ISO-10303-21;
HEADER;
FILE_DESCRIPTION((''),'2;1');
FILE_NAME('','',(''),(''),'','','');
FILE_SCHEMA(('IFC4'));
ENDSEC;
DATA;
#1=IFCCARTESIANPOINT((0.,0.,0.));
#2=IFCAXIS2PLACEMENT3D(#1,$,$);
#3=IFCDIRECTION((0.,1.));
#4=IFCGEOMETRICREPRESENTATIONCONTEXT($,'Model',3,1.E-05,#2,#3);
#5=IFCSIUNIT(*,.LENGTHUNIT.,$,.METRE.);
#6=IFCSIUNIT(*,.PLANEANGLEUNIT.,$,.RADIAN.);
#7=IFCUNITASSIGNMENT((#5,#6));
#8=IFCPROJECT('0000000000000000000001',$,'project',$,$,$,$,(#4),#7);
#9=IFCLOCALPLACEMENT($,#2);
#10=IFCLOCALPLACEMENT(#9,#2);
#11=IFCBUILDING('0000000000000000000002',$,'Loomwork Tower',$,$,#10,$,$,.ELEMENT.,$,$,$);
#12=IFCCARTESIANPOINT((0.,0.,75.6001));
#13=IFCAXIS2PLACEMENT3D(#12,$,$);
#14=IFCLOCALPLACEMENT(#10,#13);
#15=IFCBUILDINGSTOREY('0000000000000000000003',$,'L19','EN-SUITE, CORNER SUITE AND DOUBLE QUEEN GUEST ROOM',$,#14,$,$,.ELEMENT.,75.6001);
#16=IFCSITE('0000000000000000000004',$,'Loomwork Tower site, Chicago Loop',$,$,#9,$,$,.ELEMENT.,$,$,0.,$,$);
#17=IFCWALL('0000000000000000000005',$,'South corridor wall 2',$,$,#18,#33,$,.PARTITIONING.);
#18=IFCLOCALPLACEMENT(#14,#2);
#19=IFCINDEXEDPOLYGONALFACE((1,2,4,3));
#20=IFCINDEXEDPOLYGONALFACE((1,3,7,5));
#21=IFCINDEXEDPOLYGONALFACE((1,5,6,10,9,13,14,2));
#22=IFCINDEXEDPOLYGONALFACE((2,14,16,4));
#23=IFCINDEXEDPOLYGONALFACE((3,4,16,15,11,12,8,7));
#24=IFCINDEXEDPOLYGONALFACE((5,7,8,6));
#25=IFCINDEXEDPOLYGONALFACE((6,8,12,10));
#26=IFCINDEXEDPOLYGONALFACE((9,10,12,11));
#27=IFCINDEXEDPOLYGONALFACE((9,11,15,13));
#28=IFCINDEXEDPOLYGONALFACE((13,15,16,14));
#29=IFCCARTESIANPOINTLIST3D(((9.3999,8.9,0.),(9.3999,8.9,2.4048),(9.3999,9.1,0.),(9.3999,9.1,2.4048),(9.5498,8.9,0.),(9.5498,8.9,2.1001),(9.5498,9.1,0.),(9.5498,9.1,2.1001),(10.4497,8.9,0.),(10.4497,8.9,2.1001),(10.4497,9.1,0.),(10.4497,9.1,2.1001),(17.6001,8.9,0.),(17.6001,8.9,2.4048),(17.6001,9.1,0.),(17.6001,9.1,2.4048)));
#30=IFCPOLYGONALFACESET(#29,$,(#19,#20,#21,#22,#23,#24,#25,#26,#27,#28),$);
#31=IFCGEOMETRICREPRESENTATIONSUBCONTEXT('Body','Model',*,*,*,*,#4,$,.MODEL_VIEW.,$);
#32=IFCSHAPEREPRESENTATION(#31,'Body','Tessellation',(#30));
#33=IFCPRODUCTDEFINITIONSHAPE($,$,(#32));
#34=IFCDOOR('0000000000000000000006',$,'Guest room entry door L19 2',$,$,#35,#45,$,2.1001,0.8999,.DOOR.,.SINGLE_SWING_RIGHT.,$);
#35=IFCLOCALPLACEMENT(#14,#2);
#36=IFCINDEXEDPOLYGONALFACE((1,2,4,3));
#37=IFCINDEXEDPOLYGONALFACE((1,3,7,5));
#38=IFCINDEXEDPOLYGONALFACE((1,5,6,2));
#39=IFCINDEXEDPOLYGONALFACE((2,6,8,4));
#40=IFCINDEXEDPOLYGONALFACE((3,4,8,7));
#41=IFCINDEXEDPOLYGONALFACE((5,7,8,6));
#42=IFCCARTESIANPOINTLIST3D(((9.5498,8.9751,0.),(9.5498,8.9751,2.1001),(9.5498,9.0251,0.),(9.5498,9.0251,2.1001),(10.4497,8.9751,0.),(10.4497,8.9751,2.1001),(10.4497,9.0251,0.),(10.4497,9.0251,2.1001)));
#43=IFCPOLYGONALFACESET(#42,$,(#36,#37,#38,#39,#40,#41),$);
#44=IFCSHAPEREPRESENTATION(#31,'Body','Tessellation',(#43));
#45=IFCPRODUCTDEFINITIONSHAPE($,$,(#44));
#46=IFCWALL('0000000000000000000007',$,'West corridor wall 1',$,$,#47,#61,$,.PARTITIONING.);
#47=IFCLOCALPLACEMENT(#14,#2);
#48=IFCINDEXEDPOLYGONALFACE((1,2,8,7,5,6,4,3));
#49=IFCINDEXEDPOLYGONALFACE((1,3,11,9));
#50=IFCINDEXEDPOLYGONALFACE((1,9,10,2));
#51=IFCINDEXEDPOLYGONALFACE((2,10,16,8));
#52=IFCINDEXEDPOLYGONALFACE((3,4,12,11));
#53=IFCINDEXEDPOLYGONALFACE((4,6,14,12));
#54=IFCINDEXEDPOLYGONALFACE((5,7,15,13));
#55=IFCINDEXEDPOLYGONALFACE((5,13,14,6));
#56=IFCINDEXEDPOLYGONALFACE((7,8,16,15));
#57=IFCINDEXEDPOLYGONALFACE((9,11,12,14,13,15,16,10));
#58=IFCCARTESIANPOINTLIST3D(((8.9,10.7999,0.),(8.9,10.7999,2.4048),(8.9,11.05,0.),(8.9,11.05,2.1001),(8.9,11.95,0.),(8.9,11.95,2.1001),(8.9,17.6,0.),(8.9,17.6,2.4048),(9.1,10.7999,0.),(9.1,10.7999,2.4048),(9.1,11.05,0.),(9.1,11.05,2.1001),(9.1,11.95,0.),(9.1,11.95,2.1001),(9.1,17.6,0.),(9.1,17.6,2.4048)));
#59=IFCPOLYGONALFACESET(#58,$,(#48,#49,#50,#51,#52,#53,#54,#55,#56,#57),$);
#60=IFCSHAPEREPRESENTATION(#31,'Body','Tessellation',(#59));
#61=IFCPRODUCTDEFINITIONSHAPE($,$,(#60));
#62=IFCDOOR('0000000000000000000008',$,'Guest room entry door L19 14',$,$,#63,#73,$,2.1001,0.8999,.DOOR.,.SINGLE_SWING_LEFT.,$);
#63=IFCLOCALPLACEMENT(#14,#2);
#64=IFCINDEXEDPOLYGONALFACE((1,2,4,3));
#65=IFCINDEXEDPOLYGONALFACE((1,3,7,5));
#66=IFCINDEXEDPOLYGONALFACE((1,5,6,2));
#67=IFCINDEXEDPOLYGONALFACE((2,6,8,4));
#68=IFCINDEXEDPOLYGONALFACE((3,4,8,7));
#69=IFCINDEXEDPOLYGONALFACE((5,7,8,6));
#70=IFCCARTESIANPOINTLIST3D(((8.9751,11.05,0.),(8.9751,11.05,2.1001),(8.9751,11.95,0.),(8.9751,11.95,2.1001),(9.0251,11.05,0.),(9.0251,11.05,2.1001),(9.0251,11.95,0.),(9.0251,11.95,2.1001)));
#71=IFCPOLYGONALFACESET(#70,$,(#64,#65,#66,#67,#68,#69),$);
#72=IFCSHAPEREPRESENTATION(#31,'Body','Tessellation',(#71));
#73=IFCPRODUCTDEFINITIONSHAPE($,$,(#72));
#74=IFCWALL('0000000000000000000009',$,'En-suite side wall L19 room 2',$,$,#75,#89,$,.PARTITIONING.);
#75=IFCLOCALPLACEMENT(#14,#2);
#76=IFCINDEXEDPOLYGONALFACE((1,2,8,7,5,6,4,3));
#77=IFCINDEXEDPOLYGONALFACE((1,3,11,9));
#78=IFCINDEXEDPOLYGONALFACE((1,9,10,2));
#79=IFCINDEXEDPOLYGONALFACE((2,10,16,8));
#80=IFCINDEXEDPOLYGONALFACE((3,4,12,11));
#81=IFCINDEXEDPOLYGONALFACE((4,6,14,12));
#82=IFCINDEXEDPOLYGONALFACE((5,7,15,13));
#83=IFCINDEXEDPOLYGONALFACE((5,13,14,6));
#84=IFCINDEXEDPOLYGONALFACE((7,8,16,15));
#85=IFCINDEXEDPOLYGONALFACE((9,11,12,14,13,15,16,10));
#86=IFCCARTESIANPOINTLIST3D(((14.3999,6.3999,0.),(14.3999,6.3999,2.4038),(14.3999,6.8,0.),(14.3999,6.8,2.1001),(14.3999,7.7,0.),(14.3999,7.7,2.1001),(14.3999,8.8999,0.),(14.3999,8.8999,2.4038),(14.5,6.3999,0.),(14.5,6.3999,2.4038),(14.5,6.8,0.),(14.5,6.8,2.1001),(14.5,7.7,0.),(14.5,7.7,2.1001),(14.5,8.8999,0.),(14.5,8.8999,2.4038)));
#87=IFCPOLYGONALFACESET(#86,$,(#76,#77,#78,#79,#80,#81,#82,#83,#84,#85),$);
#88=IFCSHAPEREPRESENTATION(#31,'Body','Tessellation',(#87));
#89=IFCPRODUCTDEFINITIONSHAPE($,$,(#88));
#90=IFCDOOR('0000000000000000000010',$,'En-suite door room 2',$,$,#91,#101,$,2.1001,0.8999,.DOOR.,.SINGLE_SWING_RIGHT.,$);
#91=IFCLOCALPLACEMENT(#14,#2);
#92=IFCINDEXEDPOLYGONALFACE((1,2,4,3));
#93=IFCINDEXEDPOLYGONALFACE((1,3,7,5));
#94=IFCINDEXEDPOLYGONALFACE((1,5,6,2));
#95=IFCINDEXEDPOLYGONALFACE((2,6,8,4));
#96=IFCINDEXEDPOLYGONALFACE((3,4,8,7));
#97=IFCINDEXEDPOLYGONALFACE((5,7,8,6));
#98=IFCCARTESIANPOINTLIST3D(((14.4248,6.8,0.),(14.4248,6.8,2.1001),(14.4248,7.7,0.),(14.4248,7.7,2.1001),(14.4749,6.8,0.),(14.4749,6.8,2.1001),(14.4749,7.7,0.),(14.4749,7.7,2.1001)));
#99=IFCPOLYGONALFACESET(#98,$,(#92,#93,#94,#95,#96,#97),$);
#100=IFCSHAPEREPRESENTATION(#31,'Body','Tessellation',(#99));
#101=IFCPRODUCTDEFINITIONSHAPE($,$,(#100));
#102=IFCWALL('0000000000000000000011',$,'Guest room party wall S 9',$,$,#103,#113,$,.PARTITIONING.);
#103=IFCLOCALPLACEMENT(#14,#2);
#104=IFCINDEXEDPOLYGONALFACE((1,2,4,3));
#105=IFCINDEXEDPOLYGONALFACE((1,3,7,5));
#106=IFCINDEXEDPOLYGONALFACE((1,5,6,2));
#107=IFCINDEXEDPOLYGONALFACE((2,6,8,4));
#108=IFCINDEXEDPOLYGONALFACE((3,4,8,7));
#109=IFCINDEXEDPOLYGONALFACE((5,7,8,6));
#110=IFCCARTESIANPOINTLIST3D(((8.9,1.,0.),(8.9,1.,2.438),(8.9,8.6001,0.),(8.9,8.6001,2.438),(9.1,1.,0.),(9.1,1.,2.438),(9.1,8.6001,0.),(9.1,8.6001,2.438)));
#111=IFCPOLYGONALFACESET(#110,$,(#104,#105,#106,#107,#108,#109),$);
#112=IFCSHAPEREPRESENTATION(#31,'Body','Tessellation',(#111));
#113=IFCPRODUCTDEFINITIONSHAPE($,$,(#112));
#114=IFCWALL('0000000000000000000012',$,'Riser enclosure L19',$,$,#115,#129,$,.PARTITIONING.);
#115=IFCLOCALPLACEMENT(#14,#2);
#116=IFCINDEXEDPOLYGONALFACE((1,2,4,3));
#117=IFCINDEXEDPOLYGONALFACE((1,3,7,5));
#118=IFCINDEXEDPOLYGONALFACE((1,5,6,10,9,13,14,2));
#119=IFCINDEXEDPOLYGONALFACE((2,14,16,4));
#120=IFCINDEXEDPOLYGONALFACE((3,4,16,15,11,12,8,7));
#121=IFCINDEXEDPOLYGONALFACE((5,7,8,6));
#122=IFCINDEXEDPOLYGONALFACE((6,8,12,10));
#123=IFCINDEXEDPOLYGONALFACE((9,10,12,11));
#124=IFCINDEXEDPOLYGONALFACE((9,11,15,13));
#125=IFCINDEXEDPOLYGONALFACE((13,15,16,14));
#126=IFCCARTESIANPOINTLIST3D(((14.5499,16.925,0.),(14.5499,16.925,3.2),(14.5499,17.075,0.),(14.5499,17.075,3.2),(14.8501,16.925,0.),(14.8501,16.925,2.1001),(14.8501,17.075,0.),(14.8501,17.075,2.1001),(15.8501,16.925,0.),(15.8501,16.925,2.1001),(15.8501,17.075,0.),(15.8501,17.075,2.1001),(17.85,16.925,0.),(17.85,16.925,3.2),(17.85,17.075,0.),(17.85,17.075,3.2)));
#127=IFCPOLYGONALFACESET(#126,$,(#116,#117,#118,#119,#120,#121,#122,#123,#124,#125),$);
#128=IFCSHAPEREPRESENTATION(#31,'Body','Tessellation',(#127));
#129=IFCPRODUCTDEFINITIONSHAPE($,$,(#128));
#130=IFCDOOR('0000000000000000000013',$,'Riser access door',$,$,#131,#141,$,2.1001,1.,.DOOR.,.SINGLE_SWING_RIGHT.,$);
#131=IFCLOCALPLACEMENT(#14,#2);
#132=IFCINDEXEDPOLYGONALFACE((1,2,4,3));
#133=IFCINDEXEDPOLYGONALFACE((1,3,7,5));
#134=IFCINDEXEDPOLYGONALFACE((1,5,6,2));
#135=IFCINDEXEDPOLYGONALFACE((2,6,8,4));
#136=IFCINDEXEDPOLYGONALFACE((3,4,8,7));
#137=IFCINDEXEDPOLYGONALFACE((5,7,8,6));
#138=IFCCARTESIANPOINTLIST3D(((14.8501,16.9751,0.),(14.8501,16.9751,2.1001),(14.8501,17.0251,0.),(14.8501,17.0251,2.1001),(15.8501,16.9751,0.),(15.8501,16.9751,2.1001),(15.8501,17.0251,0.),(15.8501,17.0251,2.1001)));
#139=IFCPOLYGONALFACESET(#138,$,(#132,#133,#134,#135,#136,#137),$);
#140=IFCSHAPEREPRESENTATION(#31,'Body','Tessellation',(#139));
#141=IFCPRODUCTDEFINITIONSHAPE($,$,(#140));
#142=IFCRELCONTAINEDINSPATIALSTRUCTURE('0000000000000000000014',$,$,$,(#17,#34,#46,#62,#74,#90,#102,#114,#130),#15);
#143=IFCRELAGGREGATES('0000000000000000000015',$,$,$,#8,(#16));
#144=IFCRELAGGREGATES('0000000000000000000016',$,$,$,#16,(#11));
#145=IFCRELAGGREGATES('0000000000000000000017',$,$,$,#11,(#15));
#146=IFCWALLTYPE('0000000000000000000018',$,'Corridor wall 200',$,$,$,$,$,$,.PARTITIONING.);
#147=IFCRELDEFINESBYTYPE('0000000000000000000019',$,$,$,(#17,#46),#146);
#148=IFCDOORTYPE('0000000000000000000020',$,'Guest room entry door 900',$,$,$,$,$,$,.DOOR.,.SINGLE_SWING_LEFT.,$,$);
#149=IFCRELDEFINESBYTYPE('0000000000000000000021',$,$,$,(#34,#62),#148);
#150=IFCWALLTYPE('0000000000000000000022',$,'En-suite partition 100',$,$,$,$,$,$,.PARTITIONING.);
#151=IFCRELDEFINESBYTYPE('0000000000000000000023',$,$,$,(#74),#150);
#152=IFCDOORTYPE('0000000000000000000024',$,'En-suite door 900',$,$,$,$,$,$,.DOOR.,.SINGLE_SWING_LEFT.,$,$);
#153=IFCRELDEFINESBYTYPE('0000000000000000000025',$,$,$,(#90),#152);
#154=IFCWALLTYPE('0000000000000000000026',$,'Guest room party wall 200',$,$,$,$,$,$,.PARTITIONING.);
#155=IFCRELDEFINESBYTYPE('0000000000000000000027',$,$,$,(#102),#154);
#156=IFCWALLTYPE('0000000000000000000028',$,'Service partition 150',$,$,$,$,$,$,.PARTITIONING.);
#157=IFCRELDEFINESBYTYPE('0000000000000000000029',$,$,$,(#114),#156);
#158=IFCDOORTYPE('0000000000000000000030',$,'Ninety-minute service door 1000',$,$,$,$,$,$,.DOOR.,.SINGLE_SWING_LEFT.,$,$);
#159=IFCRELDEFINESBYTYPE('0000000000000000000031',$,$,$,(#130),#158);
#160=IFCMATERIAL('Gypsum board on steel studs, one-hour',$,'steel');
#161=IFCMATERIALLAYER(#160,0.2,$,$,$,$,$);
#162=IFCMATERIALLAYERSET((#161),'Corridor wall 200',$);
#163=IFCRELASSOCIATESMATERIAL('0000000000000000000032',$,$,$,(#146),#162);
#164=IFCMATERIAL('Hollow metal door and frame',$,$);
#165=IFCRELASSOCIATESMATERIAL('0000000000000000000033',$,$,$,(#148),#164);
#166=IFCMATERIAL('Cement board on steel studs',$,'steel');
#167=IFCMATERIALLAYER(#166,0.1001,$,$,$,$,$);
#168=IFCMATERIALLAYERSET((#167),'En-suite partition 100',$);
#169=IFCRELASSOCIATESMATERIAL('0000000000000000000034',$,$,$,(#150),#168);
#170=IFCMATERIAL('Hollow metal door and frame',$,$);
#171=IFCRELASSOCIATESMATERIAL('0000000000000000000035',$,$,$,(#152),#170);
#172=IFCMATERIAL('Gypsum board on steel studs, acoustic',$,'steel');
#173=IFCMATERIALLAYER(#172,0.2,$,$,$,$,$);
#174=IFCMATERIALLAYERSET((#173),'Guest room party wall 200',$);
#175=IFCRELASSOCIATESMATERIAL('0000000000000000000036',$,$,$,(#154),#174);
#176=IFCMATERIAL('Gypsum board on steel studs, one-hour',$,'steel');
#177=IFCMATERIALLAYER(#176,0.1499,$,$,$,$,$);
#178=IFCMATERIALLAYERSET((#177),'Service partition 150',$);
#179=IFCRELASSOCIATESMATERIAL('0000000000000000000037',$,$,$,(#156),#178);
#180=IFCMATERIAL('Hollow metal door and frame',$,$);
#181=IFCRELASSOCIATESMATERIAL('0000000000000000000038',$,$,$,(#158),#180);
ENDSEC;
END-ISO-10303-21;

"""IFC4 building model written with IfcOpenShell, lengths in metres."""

from ifc_helpers import new_model, si_unit, direction, frame, frame_2d, origin, place, context, subcontext, project, spatial, rectangle, extrude, material, layer, layer_set, type_object, element, fill, save


model = new_model("IFC4")

# Units and contexts
model_context = context("Model", 3, precision=1e-05, world=origin(), true_north=direction((0.0, 1.0)))
body_context = subcontext(model_context, "Body", "Model", "MODEL_VIEW")
ifc_project = project(units=[si_unit("LENGTHUNIT", "METRE"), si_unit("PLANEANGLEUNIT", "RADIAN")], contexts=[model_context])

# Site, building, storey
site_placement = place(None, origin())
site = spatial("IfcSite", under=ifc_project, at=site_placement, Name="Loomwork Tower site, Chicago Loop", CompositionType="ELEMENT", RefElevation=0.0)
building_placement = place(site_placement, origin())
building = spatial("IfcBuilding", under=site, at=building_placement, Name="Loomwork Tower", CompositionType="ELEMENT")
storey_placement = place(building_placement, frame((0.0, 0.0, 75.6001)))
storey = spatial("IfcBuildingStorey", under=building, at=storey_placement, Name="L19", Description="EN-SUITE, CORNER SUITE AND DOUBLE QUEEN GUEST ROOM", CompositionType="ELEMENT", Elevation=75.6001)

# Walls, openings, doors
ifc_material_1 = material(Name="Gypsum board on steel studs, one-hour", Category="steel")
ifc_layer_1 = layer(ifc_material_1, 0.2)
ifc_layer_set_1 = layer_set([ifc_layer_1], Name="Corridor wall 200")
wall_type_1 = type_object("IfcWallType", Name="Corridor wall 200", PredefinedType="PARTITIONING", material=ifc_layer_set_1)
wall_1_placement = place(storey_placement, frame((9.3999, 9.0, 0.0), z_axis=(0.0, 0.0, 1.0), x_axis=(1.0, 0.0, 0.0)))
wall_1 = element("IfcWall", 1, at=wall_1_placement, inside=storey, type_object=wall_type_1, Name="South corridor wall 2", PredefinedType="PARTITIONING", context=body_context, shape_type="SweptSolid", body=[
    extrude(rectangle(XDim=8.2002, YDim=0.2, at=frame_2d((4.1001, 0.0))), origin(), (0.0, 0.0, 1.0), 2.4048),
])
opening_1_placement = place(wall_1_placement, frame((0.1499, 0.0, 0.0)))
opening_1 = element("IfcOpeningElement", 2, at=opening_1_placement, cuts=wall_1, PredefinedType="OPENING", context=body_context, shape_type="SweptSolid", body=[
    extrude(rectangle(XDim=0.8999, YDim=2.1001, at=frame_2d((0.45, 1.05))), frame((0.0, 0.1099, 0.0), z_axis=(0.0, -1.0, 0.0), x_axis=(1.0, 0.0, 0.0)), (0.0, 0.0, 1.0), 0.22),
])
ifc_material_2 = material(Name="Hollow metal door and frame")
door_type_1 = type_object("IfcDoorType", Name="Guest room entry door 900", OperationType="SINGLE_SWING_LEFT", PredefinedType="DOOR", material=ifc_material_2)
door_1_placement = place(opening_1_placement, frame((0.8999, 0.0, 0.0), z_axis=(0.0, 0.0, 1.0), x_axis=(-1.0, 0.0, 0.0)))
door_1 = element("IfcDoor", 3, at=door_1_placement, inside=storey, type_object=door_type_1, Name="Guest room entry door L19 2", OperationType="SINGLE_SWING_RIGHT", OverallHeight=2.1001, OverallWidth=0.8999, PredefinedType="DOOR", context=body_context, shape_type="SweptSolid", body=[
    extrude(rectangle(XDim=0.8999, YDim=2.1001, at=frame_2d((0.45, 1.05))), frame((0.0, 0.0249, 0.0), z_axis=(0.0, -1.0, 0.0), x_axis=(1.0, 0.0, 0.0)), (0.0, 0.0, 1.0), 0.05),
])
fill(opening_1, door_1)
wall_2_placement = place(storey_placement, frame((9.0, 10.8, 0.0), z_axis=(0.0, 0.0, 1.0), x_axis=(0.0, 1.0, 0.0)))
wall_2 = element("IfcWall", 4, at=wall_2_placement, inside=storey, type_object=wall_type_1, Name="West corridor wall 1", PredefinedType="PARTITIONING", context=body_context, shape_type="SweptSolid", body=[
    extrude(rectangle(XDim=6.8, YDim=0.2, at=frame_2d((3.3999, 0.0))), origin(), (0.0, 0.0, 1.0), 2.4048),
])
opening_2_placement = place(wall_2_placement, frame((0.25, 0.0, 0.0)))
opening_2 = element("IfcOpeningElement", 5, at=opening_2_placement, cuts=wall_2, PredefinedType="OPENING", context=body_context, shape_type="SweptSolid", body=[
    extrude(rectangle(XDim=0.8999, YDim=2.1001, at=frame_2d((0.45, 1.05))), frame((0.0, 0.1099, 0.0), z_axis=(0.0, -1.0, 0.0), x_axis=(1.0, 0.0, 0.0)), (0.0, 0.0, 1.0), 0.22),
])
door_2_placement = place(opening_2_placement, origin())
door_2 = element("IfcDoor", 6, at=door_2_placement, inside=storey, type_object=door_type_1, Name="Guest room entry door L19 14", OperationType="SINGLE_SWING_LEFT", OverallHeight=2.1001, OverallWidth=0.8999, PredefinedType="DOOR", context=body_context, shape_type="SweptSolid", body=[
    extrude(rectangle(XDim=0.8999, YDim=2.1001, at=frame_2d((0.45, 1.05))), frame((0.0, 0.0249, 0.0), z_axis=(0.0, -1.0, 0.0), x_axis=(1.0, 0.0, 0.0)), (0.0, 0.0, 1.0), 0.05),
])
fill(opening_2, door_2)
ifc_material_3 = material(Name="Cement board on steel studs", Category="steel")
ifc_layer_2 = layer(ifc_material_3, 0.1001)
ifc_layer_set_2 = layer_set([ifc_layer_2], Name="En-suite partition 100")
wall_type_2 = type_object("IfcWallType", Name="En-suite partition 100", PredefinedType="PARTITIONING", material=ifc_layer_set_2)
wall_3_placement = place(storey_placement, frame((14.45, 8.8999, 0.0), z_axis=(0.0, 0.0, 1.0), x_axis=(0.0, -1.0, 0.0)))
wall_3 = element("IfcWall", 7, at=wall_3_placement, inside=storey, type_object=wall_type_2, Name="En-suite side wall L19 room 2", PredefinedType="PARTITIONING", context=body_context, shape_type="SweptSolid", body=[
    extrude(rectangle(XDim=2.5, YDim=0.1001, at=frame_2d((1.25, 0.0))), origin(), (0.0, 0.0, 1.0), 2.4038),
])
opening_3_placement = place(wall_3_placement, frame((1.2, 0.0, 0.0)))
opening_3 = element("IfcOpeningElement", 8, at=opening_3_placement, cuts=wall_3, PredefinedType="OPENING", context=body_context, shape_type="SweptSolid", body=[
    extrude(rectangle(XDim=0.8999, YDim=2.1001, at=frame_2d((0.45, 1.05))), frame((0.0, 0.0601, 0.0), z_axis=(0.0, -1.0, 0.0), x_axis=(1.0, 0.0, 0.0)), (0.0, 0.0, 1.0), 0.1201),
])
ifc_material_4 = material(Name="Hollow metal door and frame")
door_type_2 = type_object("IfcDoorType", Name="En-suite door 900", OperationType="SINGLE_SWING_LEFT", PredefinedType="DOOR", material=ifc_material_4)
door_3_placement = place(opening_3_placement, origin())
door_3 = element("IfcDoor", 9, at=door_3_placement, inside=storey, type_object=door_type_2, Name="En-suite door room 2", OperationType="SINGLE_SWING_RIGHT", OverallHeight=2.1001, OverallWidth=0.8999, PredefinedType="DOOR", context=body_context, shape_type="SweptSolid", body=[
    extrude(rectangle(XDim=0.8999, YDim=2.1001, at=frame_2d((0.45, 1.05))), frame((0.0, 0.0249, 0.0), z_axis=(0.0, -1.0, 0.0), x_axis=(1.0, 0.0, 0.0)), (0.0, 0.0, 1.0), 0.05),
])
fill(opening_3, door_3)

# Wall
ifc_material_5 = material(Name="Gypsum board on steel studs, acoustic", Category="steel")
ifc_layer_3 = layer(ifc_material_5, 0.2)
ifc_layer_set_3 = layer_set([ifc_layer_3], Name="Guest room party wall 200")
wall_type_3 = type_object("IfcWallType", Name="Guest room party wall 200", PredefinedType="PARTITIONING", material=ifc_layer_set_3)
wall_4_placement = place(storey_placement, frame((9.0, 8.6001, 0.0), z_axis=(0.0, 0.0, 1.0), x_axis=(0.0, -1.0, 0.0)))
element("IfcWall", 10, at=wall_4_placement, inside=storey, type_object=wall_type_3, Name="Guest room party wall S 9", PredefinedType="PARTITIONING", context=body_context, shape_type="SweptSolid", body=[
    extrude(rectangle(XDim=7.6001, YDim=0.2, at=frame_2d((3.8, 0.0))), origin(), (0.0, 0.0, 1.0), 2.438),
])

# Wall, opening, door
ifc_material_6 = material(Name="Gypsum board on steel studs, one-hour", Category="steel")
ifc_layer_4 = layer(ifc_material_6, 0.1499)
ifc_layer_set_4 = layer_set([ifc_layer_4], Name="Service partition 150")
wall_type_4 = type_object("IfcWallType", Name="Service partition 150", PredefinedType="PARTITIONING", material=ifc_layer_set_4)
wall_5_placement = place(storey_placement, frame((14.55, 17.0, 0.0), z_axis=(0.0, 0.0, 1.0), x_axis=(1.0, 0.0, 0.0)))
wall_5 = element("IfcWall", 11, at=wall_5_placement, inside=storey, type_object=wall_type_4, Name="Riser enclosure L19", PredefinedType="PARTITIONING", context=body_context, shape_type="SweptSolid", body=[
    extrude(rectangle(XDim=3.3, YDim=0.1499, at=frame_2d((1.6499, 0.0))), origin(), (0.0, 0.0, 1.0), 3.2),
])
opening_4_placement = place(wall_5_placement, frame((0.3, 0.0, 0.0)))
opening_4 = element("IfcOpeningElement", 12, at=opening_4_placement, cuts=wall_5, PredefinedType="OPENING", context=body_context, shape_type="SweptSolid", body=[
    extrude(rectangle(XDim=1.0, YDim=2.1001, at=frame_2d((0.5, 1.05))), frame((0.0, 0.085, 0.0), z_axis=(0.0, -1.0, 0.0), x_axis=(1.0, 0.0, 0.0)), (0.0, 0.0, 1.0), 0.1699),
])
ifc_material_7 = material(Name="Hollow metal door and frame")
door_type_3 = type_object("IfcDoorType", Name="Ninety-minute service door 1000", OperationType="SINGLE_SWING_LEFT", PredefinedType="DOOR", material=ifc_material_7)
door_4_placement = place(opening_4_placement, frame((1.0, 0.0, 0.0), z_axis=(0.0, 0.0, 1.0), x_axis=(-1.0, 0.0, 0.0)))
door_4 = element("IfcDoor", 13, at=door_4_placement, inside=storey, type_object=door_type_3, Name="Riser access door", OperationType="SINGLE_SWING_RIGHT", OverallHeight=2.1001, OverallWidth=1.0, PredefinedType="DOOR", context=body_context, shape_type="SweptSolid", body=[
    extrude(rectangle(XDim=1.0, YDim=2.1001, at=frame_2d((0.5, 1.05))), frame((0.0, 0.0249, 0.0), z_axis=(0.0, -1.0, 0.0), x_axis=(1.0, 0.0, 0.0)), (0.0, 0.0, 1.0), 0.05),
])
fill(opening_4, door_4)

save(model, "model.ifc")
